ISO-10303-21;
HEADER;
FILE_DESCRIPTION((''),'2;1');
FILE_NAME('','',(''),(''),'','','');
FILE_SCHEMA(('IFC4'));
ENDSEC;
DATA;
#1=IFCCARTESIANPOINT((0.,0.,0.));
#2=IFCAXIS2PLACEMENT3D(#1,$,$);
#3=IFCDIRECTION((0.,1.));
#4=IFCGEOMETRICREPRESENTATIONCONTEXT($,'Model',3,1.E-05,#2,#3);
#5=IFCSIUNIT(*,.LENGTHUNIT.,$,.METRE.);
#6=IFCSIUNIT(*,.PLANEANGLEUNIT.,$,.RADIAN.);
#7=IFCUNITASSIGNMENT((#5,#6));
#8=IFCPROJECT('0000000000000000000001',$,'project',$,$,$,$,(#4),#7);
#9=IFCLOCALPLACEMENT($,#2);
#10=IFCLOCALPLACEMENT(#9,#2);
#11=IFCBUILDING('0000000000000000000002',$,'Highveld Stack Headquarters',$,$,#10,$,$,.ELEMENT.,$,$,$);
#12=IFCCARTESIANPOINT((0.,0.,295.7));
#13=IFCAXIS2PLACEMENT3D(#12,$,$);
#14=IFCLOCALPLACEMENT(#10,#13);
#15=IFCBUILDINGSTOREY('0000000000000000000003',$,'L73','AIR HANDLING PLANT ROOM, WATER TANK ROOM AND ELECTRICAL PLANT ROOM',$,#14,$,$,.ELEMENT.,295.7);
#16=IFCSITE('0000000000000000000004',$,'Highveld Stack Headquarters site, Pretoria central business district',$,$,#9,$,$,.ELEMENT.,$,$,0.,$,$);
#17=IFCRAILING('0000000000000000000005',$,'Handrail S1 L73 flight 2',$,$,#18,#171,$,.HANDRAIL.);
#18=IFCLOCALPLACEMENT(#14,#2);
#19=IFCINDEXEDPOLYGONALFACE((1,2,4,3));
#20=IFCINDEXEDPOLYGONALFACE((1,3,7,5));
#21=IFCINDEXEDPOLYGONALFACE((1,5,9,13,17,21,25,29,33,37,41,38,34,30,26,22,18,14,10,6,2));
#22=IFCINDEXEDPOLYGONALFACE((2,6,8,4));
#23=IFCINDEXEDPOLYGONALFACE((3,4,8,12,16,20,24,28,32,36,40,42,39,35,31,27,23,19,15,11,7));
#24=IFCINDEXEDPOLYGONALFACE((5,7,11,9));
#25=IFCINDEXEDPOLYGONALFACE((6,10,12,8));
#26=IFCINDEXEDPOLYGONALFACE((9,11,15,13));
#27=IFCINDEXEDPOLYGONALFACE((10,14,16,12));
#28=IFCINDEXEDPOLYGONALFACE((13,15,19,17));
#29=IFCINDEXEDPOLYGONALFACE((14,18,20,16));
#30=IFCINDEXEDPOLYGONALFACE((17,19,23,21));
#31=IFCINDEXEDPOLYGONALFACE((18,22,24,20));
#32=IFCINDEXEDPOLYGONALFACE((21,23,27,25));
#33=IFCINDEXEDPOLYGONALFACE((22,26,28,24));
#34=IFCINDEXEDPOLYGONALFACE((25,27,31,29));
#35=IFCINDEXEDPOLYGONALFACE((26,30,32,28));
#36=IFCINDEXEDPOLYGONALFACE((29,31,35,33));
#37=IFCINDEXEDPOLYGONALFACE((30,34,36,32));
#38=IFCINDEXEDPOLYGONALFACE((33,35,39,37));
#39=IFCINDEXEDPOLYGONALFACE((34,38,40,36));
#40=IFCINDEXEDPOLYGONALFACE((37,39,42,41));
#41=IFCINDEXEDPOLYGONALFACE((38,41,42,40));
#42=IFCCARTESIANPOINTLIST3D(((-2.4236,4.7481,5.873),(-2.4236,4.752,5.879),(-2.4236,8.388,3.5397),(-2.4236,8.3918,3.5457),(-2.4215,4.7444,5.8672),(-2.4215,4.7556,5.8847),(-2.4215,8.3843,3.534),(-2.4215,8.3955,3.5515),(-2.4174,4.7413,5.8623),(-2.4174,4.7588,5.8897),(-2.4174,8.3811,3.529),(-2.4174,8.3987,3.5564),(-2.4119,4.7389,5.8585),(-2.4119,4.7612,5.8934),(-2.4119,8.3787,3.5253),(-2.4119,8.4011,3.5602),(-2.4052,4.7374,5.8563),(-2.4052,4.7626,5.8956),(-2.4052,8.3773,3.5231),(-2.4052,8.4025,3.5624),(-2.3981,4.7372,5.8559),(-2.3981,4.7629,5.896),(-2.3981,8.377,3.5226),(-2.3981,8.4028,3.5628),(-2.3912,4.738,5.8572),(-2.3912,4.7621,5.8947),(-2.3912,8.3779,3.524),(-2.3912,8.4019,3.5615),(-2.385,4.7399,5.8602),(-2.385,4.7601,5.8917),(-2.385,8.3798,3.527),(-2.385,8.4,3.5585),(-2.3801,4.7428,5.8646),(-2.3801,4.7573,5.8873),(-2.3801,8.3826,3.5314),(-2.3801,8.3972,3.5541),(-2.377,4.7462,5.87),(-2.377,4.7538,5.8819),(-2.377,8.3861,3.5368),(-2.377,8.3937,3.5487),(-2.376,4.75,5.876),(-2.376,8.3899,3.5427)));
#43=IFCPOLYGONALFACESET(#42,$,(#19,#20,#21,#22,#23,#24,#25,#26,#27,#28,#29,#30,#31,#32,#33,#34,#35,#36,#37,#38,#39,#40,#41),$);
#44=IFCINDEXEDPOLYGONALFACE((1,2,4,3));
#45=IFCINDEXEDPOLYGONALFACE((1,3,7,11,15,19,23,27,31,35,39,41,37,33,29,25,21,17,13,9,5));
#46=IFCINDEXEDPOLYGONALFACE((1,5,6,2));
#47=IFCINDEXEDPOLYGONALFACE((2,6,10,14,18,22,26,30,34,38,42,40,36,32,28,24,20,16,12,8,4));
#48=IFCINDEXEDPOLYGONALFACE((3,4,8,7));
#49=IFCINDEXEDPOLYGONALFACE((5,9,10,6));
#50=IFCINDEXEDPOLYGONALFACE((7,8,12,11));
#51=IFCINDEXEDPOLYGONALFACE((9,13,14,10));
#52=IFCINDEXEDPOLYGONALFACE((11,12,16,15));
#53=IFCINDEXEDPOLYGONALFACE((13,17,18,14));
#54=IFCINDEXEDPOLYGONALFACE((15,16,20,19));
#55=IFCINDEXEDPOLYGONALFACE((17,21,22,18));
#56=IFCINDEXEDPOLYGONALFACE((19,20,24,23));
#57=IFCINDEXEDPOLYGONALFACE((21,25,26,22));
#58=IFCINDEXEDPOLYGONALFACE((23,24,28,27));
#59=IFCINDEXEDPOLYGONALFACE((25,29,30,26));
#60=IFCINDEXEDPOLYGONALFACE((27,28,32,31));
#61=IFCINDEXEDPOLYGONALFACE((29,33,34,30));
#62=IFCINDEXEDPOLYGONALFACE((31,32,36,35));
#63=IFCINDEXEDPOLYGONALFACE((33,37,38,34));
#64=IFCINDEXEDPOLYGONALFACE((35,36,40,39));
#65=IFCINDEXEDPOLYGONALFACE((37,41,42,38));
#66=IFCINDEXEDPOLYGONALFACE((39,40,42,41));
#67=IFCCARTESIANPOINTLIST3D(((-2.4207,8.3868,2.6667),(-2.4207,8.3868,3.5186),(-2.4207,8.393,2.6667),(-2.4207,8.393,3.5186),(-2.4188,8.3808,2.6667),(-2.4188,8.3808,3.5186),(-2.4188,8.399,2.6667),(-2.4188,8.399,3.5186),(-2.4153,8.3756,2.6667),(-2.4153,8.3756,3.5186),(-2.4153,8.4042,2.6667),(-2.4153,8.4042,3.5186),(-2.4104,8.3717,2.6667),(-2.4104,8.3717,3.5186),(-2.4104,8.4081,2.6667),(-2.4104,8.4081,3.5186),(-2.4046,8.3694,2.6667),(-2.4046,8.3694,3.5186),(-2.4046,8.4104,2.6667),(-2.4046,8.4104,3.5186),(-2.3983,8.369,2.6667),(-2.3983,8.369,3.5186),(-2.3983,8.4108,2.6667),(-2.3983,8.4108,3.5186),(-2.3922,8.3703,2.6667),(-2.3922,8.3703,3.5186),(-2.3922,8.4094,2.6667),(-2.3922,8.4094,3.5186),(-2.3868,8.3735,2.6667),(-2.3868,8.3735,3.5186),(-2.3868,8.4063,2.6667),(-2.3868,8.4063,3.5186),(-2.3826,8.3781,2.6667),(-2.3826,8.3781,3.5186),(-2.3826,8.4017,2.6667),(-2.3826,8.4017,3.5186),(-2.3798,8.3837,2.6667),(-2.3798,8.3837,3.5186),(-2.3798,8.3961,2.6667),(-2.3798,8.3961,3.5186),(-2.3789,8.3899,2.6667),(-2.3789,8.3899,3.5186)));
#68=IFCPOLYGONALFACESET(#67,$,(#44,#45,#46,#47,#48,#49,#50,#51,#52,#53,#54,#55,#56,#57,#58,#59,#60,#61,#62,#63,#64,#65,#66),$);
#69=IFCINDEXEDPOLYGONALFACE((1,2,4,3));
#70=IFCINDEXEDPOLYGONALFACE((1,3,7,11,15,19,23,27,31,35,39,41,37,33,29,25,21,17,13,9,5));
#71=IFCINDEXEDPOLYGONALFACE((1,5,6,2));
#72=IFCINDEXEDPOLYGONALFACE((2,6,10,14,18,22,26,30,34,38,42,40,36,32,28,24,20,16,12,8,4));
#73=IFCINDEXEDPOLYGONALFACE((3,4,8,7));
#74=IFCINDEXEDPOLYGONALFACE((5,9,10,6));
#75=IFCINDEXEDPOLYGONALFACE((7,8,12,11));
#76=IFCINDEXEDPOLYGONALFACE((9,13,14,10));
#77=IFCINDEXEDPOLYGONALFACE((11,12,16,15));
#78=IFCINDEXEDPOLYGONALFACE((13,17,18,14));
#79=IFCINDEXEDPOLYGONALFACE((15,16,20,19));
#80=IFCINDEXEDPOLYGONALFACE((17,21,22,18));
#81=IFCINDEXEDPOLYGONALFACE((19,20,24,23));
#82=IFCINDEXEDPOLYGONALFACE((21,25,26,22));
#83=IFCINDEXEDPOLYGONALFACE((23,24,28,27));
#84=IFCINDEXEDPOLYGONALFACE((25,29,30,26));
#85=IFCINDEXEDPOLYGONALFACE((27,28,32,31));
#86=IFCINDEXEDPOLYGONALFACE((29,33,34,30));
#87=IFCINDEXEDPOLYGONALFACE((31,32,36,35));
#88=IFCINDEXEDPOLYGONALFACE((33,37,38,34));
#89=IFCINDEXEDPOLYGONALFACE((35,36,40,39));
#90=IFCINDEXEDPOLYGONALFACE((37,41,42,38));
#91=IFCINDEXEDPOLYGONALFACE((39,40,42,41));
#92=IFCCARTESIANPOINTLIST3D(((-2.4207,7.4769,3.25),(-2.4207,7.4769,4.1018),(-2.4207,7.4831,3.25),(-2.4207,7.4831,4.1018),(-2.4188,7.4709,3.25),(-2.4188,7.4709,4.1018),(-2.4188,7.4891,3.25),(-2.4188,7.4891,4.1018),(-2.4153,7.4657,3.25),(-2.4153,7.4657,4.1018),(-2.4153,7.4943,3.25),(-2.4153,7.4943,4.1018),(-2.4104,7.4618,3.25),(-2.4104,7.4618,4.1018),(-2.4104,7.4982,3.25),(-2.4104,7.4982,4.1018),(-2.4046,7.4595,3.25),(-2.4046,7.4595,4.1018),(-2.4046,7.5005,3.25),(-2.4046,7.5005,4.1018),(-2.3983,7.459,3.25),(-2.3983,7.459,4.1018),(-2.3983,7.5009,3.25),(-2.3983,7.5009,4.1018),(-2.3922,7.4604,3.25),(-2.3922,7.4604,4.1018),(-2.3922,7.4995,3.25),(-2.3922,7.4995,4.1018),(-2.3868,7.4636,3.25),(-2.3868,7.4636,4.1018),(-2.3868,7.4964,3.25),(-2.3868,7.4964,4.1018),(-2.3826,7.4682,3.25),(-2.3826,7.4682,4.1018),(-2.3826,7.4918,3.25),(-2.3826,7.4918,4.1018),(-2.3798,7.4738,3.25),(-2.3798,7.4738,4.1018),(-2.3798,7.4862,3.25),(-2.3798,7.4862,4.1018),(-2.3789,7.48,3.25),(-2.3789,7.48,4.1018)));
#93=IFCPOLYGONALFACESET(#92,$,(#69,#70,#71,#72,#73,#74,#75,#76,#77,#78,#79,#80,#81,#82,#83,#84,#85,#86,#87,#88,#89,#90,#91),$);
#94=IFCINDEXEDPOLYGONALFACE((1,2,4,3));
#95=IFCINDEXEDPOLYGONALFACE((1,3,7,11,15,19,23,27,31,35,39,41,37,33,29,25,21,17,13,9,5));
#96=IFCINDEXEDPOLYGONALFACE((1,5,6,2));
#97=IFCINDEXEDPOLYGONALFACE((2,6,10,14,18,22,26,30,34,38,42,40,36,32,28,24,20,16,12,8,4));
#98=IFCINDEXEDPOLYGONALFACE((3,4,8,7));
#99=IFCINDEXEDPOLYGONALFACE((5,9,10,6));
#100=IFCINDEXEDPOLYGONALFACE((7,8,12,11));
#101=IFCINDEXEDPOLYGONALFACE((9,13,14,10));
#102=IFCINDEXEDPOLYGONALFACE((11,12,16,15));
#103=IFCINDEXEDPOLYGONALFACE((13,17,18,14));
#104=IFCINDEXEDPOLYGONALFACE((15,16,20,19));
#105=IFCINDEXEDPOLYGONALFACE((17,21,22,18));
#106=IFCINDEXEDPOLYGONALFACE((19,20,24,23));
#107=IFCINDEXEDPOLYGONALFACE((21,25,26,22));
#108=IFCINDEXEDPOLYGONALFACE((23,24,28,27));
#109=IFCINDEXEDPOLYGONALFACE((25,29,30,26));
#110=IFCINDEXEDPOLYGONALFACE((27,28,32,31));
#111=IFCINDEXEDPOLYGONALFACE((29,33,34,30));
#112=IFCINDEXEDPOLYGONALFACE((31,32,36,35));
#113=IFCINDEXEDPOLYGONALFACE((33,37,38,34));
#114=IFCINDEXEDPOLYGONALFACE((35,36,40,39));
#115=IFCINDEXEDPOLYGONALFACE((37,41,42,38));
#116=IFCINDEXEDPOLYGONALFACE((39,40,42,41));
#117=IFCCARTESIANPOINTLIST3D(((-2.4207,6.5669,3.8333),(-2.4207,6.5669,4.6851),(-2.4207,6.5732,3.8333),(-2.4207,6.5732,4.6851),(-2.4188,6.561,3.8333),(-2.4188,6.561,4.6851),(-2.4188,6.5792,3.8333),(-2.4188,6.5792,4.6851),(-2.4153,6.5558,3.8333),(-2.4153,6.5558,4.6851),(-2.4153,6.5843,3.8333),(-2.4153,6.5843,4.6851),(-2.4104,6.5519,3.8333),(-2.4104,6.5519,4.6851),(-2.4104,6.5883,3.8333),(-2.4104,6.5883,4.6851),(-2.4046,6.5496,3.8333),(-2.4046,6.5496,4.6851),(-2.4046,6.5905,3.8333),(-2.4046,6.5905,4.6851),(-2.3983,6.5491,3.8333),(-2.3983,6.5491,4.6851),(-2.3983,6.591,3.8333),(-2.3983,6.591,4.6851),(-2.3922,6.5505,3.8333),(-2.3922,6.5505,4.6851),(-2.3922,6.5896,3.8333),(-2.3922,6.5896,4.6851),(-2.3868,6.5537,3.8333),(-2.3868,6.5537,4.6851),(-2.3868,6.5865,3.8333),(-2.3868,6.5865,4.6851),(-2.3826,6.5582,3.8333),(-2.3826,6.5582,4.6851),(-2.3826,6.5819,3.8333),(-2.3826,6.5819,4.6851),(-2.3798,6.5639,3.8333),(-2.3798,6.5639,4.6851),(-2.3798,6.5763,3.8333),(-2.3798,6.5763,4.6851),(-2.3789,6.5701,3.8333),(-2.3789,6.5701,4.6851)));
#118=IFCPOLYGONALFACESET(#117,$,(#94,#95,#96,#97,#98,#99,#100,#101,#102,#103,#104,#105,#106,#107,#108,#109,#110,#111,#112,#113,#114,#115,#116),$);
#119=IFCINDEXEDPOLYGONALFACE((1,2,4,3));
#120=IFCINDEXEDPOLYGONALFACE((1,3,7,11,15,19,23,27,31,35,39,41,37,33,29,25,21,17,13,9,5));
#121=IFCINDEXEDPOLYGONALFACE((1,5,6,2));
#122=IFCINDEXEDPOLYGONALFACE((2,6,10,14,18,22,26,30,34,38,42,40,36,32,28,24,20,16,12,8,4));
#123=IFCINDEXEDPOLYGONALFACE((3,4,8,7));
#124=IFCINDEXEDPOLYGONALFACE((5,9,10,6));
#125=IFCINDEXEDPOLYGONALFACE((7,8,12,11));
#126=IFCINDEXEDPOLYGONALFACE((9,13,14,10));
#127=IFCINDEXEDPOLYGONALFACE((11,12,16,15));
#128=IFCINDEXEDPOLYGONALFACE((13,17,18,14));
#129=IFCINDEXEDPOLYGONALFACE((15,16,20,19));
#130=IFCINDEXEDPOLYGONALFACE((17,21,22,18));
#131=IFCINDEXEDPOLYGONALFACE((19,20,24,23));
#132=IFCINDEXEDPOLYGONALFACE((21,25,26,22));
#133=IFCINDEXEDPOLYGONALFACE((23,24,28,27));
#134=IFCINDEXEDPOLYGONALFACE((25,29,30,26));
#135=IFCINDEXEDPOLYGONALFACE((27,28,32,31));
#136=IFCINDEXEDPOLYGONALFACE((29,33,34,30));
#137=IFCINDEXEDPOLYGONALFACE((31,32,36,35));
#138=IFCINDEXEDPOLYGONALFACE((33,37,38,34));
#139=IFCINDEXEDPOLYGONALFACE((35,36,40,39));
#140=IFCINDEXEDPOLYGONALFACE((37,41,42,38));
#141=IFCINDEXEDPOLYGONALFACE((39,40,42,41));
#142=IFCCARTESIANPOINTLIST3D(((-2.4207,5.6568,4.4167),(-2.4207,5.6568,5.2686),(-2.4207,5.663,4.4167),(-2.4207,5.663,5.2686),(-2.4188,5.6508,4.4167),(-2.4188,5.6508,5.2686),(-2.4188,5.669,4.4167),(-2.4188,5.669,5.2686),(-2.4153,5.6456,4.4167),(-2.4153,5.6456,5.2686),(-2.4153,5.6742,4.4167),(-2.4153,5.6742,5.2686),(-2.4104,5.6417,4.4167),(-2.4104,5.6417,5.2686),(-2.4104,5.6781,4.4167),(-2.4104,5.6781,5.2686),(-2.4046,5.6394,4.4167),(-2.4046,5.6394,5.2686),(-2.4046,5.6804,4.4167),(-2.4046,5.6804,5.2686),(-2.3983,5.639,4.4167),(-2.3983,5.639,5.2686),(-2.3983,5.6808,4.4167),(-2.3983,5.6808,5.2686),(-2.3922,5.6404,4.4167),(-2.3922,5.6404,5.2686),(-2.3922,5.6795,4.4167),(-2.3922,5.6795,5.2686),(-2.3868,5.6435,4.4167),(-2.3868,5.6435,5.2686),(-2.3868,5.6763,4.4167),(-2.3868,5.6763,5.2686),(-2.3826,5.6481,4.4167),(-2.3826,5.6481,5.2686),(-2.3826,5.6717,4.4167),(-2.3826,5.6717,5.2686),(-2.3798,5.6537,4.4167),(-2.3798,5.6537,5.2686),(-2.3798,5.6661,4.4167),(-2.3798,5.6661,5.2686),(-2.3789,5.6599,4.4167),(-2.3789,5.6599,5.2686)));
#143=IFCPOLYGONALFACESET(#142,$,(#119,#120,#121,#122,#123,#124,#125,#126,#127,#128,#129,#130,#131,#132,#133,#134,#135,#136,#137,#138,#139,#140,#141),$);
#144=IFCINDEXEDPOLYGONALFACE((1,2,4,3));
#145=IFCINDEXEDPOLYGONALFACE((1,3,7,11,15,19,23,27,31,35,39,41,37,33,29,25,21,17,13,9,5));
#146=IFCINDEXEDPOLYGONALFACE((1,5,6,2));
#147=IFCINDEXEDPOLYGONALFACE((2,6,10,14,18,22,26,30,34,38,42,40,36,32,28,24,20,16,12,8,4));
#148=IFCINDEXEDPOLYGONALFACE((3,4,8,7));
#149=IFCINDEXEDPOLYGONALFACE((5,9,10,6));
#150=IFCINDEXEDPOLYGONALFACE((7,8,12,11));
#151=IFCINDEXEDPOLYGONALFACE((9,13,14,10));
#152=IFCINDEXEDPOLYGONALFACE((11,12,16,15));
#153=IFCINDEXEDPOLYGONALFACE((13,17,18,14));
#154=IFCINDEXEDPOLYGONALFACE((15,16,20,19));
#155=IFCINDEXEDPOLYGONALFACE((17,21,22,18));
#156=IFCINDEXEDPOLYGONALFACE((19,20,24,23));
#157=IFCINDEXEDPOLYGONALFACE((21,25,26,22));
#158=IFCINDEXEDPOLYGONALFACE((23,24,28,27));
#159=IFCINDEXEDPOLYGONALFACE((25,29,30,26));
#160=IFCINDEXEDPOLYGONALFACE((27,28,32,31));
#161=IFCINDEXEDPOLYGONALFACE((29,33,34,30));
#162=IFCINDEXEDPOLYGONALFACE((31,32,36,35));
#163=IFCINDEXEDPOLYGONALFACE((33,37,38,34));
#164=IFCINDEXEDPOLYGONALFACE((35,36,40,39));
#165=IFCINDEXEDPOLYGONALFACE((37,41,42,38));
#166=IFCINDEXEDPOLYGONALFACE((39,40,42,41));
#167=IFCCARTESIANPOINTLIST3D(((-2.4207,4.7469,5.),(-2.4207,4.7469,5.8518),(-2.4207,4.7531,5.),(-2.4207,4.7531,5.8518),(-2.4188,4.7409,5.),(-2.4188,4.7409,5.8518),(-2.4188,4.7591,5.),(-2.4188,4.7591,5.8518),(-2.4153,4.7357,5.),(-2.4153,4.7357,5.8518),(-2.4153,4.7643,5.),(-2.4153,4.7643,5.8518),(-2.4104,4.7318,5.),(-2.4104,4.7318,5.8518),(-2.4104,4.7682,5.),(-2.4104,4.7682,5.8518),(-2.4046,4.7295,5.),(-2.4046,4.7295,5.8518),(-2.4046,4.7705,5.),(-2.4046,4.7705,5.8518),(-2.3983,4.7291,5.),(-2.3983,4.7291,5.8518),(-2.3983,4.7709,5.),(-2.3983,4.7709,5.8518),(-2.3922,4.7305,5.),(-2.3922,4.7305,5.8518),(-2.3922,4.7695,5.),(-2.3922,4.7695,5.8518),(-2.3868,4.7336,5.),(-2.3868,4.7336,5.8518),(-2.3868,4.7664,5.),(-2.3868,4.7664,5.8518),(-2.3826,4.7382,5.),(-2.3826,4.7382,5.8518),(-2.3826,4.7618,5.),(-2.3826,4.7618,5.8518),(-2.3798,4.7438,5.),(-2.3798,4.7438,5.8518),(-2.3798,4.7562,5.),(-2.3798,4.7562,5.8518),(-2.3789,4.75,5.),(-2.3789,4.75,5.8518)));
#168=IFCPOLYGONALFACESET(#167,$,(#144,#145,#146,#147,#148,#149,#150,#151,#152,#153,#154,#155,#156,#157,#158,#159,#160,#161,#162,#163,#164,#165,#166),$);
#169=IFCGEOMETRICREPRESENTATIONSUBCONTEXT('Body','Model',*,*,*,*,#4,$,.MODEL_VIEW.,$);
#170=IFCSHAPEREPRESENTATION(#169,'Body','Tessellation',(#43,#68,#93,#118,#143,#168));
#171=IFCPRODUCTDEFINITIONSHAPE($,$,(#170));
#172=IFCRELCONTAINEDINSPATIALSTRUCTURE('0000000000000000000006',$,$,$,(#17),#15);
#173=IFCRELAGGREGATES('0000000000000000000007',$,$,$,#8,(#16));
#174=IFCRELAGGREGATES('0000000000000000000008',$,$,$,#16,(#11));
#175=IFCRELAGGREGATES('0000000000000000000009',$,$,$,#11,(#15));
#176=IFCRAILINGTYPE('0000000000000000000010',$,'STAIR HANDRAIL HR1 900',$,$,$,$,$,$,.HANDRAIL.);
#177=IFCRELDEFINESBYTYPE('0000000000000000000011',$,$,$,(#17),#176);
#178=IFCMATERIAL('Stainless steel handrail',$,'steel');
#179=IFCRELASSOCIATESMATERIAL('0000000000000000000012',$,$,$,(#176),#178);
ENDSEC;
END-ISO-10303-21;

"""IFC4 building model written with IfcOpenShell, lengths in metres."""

from ifc_helpers import new_model, si_unit, direction, frame, origin, origin_2d, place, context, subcontext, project, spatial, circle, extrude, material, type_object, element, save


model = new_model("IFC4")

# Units and contexts
model_context = context("Model", 3, precision=1e-05, world=origin(), true_north=direction((0.0, 1.0)))
body_context = subcontext(model_context, "Body", "Model", "MODEL_VIEW")
ifc_project = project(units=[si_unit("LENGTHUNIT", "METRE"), si_unit("PLANEANGLEUNIT", "RADIAN")], contexts=[model_context])

# Site, building, storey
site_placement = place(None, origin())
site = spatial("IfcSite", under=ifc_project, at=site_placement, Name="Highveld Stack Headquarters site, Pretoria central business district", CompositionType="ELEMENT", RefElevation=0.0)
building_placement = place(site_placement, origin())
building = spatial("IfcBuilding", under=site, at=building_placement, Name="Highveld Stack Headquarters", CompositionType="ELEMENT")
storey_placement = place(building_placement, frame((0.0, 0.0, 295.7)))
storey = spatial("IfcBuildingStorey", under=building, at=storey_placement, Name="L73", Description="AIR HANDLING PLANT ROOM, WATER TANK ROOM AND ELECTRICAL PLANT ROOM", CompositionType="ELEMENT", Elevation=295.7)

# Railing
ifc_material_1 = material(Name="Stainless steel handrail", Category="steel")
railing_type = type_object("IfcRailingType", Name="STAIR HANDRAIL HR1 900", PredefinedType="HANDRAIL", material=ifc_material_1)
for number, where, name in (
    (1, (-2.3999, 8.3899, 2.6667), "Handrail S1 L73 flight 2"),
):
    element("IfcRailing", number, at=place(storey_placement, frame(where)), inside=storey, type_object=railing_type, Name=name, PredefinedType="HANDRAIL", context=body_context, shape_type="SweptSolid", body=[
        extrude(circle(Radius=0.0239, at=origin_2d()), frame((0.0, 0.0, 0.876), z_axis=(0.0, -0.84188, 0.539664), x_axis=(1.0, 0.0, 0.0)), (0.0, 0.0, 1.0), 4.3235),
        extrude(circle(Radius=0.021, at=origin_2d()), origin(), (0.0, 0.0, 1.0), 0.8518),
        extrude(circle(Radius=0.021, at=origin_2d()), frame((0.0, -0.9099, 0.5833)), (0.0, 0.0, 1.0), 0.8518),
        extrude(circle(Radius=0.021, at=origin_2d()), frame((0.0, -1.8198, 1.1665)), (0.0, 0.0, 1.0), 0.8518),
        extrude(circle(Radius=0.021, at=origin_2d()), frame((0.0, -2.73, 1.75)), (0.0, 0.0, 1.0), 0.8518),
        extrude(circle(Radius=0.021, at=origin_2d()), frame((0.0, -3.6399, 2.3333)), (0.0, 0.0, 1.0), 0.8518),
    ])

save(model, "model.ifc")
